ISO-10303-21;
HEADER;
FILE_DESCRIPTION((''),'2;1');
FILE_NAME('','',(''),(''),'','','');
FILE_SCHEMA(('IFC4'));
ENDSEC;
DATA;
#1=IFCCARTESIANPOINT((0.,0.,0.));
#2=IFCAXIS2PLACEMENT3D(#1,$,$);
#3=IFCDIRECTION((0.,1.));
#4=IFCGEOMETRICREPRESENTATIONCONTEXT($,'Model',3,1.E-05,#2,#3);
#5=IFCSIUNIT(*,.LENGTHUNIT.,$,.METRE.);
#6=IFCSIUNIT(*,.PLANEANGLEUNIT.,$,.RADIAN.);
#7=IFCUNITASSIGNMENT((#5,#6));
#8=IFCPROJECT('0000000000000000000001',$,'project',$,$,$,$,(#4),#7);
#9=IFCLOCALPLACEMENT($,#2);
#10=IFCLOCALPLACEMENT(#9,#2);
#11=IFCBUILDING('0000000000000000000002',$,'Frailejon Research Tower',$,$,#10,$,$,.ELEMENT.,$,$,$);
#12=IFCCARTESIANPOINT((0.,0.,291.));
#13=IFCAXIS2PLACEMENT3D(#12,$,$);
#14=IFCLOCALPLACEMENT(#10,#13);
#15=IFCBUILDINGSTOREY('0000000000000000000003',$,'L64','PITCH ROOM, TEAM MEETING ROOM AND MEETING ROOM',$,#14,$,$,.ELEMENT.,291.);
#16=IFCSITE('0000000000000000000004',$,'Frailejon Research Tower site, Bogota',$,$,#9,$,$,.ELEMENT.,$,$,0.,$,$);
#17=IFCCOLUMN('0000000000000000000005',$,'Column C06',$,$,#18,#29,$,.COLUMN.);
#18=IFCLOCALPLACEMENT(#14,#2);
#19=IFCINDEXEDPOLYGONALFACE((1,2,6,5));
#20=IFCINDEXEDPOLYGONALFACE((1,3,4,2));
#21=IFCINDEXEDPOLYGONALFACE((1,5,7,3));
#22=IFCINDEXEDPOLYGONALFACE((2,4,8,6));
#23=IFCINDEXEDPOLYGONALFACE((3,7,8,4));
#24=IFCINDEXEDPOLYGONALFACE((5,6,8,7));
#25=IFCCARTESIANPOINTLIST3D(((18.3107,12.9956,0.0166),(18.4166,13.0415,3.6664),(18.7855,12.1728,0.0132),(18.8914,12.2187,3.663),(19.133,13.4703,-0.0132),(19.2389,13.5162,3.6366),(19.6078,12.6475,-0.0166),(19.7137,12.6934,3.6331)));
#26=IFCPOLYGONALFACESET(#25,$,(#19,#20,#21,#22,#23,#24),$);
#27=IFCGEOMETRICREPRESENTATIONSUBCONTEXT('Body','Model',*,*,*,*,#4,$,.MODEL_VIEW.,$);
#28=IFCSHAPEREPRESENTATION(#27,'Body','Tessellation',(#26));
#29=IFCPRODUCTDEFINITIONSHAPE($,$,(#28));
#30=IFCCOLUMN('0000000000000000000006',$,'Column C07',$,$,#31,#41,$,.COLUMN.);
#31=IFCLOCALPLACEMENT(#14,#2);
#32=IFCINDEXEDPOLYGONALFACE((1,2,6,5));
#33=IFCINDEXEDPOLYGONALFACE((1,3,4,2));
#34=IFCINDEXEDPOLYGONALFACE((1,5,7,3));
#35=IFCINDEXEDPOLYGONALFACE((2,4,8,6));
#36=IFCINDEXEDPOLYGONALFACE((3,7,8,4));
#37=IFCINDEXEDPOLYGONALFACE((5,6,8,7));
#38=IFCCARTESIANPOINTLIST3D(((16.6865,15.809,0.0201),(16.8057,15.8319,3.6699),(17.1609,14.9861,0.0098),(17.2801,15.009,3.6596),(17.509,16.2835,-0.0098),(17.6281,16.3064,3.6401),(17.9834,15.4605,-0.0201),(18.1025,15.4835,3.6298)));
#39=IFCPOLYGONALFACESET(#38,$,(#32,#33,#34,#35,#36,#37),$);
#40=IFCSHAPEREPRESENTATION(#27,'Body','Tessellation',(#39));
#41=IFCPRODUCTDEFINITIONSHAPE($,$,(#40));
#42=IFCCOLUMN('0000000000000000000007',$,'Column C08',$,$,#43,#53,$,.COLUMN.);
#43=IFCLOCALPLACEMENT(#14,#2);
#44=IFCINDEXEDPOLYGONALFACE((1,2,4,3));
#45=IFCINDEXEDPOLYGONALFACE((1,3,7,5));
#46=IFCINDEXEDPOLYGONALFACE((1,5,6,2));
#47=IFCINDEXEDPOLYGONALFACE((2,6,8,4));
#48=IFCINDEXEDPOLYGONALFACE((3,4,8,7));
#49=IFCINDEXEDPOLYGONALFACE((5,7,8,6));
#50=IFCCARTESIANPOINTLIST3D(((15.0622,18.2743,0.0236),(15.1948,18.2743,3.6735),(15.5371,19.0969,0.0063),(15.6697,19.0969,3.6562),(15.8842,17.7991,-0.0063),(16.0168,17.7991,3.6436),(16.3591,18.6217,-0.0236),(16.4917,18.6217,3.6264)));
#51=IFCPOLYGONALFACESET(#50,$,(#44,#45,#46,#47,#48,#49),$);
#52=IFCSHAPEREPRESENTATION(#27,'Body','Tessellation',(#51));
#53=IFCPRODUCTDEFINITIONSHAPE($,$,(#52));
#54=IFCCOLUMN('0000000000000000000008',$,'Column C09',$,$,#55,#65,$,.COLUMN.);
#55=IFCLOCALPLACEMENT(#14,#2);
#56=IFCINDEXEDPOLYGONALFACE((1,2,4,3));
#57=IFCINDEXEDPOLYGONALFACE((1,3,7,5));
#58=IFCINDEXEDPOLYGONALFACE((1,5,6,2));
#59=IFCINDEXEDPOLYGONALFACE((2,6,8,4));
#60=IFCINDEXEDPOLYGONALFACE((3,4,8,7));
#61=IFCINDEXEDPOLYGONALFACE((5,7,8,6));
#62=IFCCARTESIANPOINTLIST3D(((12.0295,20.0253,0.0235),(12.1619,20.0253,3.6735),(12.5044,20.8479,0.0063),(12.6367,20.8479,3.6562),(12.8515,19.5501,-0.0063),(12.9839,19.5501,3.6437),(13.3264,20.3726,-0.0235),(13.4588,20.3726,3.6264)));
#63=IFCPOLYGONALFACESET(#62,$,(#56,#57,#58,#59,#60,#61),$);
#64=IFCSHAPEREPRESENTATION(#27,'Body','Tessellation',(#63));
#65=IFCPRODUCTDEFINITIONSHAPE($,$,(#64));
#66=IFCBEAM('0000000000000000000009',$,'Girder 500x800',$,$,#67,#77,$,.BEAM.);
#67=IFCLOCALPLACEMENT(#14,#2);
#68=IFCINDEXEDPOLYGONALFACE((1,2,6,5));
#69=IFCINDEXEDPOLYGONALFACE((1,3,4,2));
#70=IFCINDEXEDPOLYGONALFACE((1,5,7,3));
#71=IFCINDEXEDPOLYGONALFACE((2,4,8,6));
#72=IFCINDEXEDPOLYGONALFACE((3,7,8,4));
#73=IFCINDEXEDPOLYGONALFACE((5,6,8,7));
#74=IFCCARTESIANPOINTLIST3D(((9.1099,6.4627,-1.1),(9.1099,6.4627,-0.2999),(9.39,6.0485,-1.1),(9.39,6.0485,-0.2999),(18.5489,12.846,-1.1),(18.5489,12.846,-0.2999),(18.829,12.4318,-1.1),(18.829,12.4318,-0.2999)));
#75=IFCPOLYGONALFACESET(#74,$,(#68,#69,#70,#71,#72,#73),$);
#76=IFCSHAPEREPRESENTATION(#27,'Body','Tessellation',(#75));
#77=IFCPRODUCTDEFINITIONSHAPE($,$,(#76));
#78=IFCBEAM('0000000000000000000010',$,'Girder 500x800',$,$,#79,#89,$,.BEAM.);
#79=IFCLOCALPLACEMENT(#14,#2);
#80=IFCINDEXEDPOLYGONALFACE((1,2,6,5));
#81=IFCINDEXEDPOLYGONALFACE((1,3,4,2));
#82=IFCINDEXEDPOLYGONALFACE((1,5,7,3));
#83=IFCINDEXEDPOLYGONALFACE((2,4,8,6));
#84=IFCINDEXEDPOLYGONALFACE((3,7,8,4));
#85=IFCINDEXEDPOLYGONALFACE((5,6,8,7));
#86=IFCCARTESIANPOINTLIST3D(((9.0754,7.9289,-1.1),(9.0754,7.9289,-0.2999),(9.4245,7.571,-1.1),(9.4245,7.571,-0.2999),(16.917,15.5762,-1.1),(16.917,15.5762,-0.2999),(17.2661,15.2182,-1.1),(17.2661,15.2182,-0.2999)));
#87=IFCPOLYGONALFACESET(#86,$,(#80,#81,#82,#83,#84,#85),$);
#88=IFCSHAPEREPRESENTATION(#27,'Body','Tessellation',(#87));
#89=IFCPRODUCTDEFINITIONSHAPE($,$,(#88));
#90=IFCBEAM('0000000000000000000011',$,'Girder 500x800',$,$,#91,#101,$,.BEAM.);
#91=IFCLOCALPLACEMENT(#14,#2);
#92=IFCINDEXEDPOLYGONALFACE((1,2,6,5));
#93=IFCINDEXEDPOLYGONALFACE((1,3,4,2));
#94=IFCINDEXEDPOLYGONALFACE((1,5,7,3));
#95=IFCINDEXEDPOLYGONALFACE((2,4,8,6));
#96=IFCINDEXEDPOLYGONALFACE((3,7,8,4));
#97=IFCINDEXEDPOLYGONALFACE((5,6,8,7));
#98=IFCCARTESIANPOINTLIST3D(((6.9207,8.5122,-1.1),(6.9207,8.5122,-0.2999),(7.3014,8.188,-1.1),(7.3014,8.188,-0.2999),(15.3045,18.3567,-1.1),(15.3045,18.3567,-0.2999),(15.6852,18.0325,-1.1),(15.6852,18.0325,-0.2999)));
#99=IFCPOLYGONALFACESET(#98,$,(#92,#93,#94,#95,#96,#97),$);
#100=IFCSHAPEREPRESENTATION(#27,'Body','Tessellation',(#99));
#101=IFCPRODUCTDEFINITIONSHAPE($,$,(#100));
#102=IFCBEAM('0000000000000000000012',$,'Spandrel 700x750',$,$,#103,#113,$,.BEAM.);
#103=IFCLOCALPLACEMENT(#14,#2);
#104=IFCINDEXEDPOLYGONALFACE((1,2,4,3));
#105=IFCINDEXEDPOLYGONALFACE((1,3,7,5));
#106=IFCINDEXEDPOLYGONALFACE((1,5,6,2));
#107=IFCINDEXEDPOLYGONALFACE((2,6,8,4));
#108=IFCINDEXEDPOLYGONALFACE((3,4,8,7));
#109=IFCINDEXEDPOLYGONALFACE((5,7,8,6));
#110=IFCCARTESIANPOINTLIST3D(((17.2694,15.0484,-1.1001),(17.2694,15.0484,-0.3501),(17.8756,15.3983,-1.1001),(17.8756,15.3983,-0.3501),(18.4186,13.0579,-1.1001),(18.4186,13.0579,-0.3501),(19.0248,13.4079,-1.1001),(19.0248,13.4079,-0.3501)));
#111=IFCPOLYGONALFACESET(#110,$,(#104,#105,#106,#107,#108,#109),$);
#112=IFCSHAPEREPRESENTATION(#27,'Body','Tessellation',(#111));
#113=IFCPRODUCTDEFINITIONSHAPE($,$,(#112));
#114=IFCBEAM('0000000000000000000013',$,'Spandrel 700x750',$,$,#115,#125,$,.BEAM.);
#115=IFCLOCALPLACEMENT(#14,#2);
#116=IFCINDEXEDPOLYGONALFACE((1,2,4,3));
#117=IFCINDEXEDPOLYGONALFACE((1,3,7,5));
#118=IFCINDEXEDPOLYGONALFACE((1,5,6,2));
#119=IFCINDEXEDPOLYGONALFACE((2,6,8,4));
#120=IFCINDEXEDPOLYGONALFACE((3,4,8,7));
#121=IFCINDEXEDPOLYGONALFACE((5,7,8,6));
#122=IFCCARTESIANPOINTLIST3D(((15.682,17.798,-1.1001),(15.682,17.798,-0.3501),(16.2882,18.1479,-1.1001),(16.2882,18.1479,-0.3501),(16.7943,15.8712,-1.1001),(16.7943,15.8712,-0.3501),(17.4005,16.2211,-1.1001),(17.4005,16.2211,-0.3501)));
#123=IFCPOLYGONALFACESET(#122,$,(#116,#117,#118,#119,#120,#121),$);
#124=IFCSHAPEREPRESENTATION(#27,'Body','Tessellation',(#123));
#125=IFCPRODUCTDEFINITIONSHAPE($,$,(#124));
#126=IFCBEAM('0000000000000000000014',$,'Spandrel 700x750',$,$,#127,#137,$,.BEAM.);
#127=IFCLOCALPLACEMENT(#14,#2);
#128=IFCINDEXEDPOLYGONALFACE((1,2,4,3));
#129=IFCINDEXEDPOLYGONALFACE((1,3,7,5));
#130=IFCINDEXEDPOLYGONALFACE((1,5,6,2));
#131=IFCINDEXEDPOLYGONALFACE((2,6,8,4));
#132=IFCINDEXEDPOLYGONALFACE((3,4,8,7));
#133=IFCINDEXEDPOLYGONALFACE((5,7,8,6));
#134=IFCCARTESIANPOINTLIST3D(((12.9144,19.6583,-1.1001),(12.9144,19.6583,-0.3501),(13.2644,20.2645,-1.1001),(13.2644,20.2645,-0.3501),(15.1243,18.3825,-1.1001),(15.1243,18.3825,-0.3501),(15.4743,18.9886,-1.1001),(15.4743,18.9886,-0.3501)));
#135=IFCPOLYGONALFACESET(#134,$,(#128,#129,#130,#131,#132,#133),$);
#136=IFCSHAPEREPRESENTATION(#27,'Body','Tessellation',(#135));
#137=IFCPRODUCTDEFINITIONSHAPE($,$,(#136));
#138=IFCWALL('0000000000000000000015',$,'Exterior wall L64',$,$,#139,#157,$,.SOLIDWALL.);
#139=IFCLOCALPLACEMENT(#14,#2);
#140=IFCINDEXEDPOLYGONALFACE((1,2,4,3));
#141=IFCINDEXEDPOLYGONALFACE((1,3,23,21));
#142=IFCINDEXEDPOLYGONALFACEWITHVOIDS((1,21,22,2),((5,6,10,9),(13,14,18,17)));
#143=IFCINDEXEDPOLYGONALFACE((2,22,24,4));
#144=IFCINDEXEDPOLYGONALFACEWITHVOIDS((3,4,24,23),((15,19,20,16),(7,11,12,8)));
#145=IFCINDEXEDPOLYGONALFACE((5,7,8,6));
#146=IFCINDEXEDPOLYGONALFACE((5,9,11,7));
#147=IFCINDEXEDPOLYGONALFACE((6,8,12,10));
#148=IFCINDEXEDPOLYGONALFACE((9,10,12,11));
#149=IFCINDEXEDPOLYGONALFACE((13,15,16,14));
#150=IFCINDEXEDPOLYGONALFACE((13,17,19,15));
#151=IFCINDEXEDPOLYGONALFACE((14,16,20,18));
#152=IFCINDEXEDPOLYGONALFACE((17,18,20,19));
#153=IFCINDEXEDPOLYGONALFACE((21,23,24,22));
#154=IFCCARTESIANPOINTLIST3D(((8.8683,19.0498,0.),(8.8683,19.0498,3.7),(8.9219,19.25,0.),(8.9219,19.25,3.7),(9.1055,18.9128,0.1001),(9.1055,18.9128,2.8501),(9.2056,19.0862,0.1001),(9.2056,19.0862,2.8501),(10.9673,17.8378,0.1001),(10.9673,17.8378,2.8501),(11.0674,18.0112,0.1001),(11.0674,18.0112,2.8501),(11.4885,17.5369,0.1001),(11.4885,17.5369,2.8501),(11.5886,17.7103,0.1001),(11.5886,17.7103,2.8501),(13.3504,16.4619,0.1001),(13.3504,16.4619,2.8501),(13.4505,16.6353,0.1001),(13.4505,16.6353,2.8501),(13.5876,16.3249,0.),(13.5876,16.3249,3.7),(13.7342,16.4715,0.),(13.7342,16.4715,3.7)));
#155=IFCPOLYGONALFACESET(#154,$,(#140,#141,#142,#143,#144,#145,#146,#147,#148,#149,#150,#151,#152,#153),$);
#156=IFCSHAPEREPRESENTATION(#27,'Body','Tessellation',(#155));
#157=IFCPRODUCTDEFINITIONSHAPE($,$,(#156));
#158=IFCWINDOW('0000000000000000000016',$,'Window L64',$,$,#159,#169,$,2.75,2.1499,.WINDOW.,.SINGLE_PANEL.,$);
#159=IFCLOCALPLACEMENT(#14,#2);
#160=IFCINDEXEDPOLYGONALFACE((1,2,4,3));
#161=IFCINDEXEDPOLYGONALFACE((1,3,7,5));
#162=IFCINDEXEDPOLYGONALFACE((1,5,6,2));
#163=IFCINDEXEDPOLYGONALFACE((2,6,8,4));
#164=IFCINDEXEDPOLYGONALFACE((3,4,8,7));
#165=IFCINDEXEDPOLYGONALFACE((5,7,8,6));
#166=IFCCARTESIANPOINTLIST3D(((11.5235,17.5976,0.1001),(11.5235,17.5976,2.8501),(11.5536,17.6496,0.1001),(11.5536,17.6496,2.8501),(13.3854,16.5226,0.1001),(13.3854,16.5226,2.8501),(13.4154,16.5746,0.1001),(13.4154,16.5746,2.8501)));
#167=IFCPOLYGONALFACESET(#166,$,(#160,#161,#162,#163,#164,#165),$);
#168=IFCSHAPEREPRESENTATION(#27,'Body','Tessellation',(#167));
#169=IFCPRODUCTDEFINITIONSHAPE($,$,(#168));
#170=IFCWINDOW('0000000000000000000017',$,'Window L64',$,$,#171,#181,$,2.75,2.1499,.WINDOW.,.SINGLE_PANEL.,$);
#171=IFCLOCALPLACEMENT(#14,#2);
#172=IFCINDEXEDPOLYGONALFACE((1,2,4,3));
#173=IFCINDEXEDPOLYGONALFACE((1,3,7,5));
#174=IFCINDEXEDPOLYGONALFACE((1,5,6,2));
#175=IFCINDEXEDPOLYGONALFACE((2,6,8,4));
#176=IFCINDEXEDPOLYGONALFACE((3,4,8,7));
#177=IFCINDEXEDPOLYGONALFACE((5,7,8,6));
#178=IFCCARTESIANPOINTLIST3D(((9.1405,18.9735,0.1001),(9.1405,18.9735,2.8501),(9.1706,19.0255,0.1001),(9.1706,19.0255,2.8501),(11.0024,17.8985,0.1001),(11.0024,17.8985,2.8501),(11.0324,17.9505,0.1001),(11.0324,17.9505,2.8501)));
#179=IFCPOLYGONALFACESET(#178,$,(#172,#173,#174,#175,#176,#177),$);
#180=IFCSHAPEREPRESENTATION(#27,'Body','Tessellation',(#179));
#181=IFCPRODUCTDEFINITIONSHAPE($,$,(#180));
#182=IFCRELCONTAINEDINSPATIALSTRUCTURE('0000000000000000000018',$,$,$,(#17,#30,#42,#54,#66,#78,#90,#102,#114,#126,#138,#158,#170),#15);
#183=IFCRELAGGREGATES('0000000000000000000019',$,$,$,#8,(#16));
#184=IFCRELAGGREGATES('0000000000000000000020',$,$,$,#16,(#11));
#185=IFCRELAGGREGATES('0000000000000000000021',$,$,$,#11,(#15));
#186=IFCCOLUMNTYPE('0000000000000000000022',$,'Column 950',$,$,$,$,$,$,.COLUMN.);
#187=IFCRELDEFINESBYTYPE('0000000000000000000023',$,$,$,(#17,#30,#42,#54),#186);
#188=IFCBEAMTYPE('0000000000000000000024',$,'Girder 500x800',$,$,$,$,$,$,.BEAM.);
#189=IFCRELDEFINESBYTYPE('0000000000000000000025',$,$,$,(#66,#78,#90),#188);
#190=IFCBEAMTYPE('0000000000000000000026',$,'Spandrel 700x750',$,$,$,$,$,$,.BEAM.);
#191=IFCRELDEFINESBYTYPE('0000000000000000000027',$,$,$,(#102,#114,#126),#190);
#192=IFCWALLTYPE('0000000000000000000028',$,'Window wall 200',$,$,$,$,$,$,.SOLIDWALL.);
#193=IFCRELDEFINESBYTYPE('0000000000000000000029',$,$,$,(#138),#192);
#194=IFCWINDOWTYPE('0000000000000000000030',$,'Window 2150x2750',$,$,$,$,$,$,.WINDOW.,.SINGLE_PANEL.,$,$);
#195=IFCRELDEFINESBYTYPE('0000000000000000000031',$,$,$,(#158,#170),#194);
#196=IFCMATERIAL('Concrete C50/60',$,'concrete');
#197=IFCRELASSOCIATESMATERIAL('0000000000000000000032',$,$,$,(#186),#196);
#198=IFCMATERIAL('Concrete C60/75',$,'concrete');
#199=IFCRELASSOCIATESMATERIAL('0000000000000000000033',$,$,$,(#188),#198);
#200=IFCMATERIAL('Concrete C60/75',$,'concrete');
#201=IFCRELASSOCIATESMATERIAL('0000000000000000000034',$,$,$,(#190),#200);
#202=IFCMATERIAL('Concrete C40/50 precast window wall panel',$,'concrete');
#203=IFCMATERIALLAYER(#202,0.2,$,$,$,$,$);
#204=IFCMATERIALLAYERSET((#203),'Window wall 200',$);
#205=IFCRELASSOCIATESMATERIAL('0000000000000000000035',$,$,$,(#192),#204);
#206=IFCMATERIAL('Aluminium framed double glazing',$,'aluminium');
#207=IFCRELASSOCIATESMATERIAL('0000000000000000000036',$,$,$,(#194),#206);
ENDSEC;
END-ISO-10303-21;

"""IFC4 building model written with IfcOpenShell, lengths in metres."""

from ifc_helpers import new_model, si_unit, direction, frame, frame_2d, origin, origin_2d, place, context, subcontext, project, spatial, polyline, rectangle, outline, extrude, material, layer, layer_set, material_profile, profile_set, type_object, element, fill, save


model = new_model("IFC4")

# Units and contexts
model_context = context("Model", 3, precision=1e-05, world=origin(), true_north=direction((0.0, 1.0)))
body_context = subcontext(model_context, "Body", "Model", "MODEL_VIEW")
ifc_project = project(units=[si_unit("LENGTHUNIT", "METRE"), si_unit("PLANEANGLEUNIT", "RADIAN")], contexts=[model_context])

# Site, building, storey
site_placement = place(None, origin())
site = spatial("IfcSite", under=ifc_project, at=site_placement, Name="Frailejon Research Tower site, Bogota", CompositionType="ELEMENT", RefElevation=0.0)
building_placement = place(site_placement, origin())
building = spatial("IfcBuilding", under=site, at=building_placement, Name="Frailejon Research Tower", CompositionType="ELEMENT")
storey_placement = place(building_placement, frame((0.0, 0.0, 291.0)))
storey = spatial("IfcBuildingStorey", under=building, at=storey_placement, Name="L64", Description="PITCH ROOM, TEAM MEETING ROOM AND MEETING ROOM", CompositionType="ELEMENT", Elevation=291.0)

# Columns
ifc_material_1 = material(Name="Concrete C50/60", Category="concrete")
ifc_material_profile_1 = material_profile(ifc_material_1, rectangle(XDim=0.95, YDim=0.95, at=origin_2d()), Name="Column 950")
ifc_profile_set_1 = profile_set([ifc_material_profile_1], Name="Concrete C50/60")
column_type = type_object("IfcColumnType", Name="Column 950", PredefinedType="COLUMN", material=ifc_profile_set_1)
column_1_placement = place(storey_placement, frame((18.9592, 12.8215, 0.0), z_axis=(0.029016, 0.012569, 0.9995), x_axis=(-0.499849, 0.866105, 0.003619)))
element("IfcColumn", 1, at=column_1_placement, inside=storey, type_object=column_type, Name="Column C06", PredefinedType="COLUMN", context=body_context, shape_type="SweptSolid", body=[
    extrude(rectangle(XDim=0.95, YDim=0.95, at=origin_2d()), origin(), (0.0, 0.0, 1.0), 3.6516),
])
column_2_placement = place(storey_placement, frame((17.335, 15.6348, 0.0), z_axis=(0.032624, 0.006284, 0.999448), x_axis=(-0.499397, 0.866305, 0.010854)))
element("IfcColumn", 2, at=column_2_placement, inside=storey, type_object=column_type, Name="Column C07", PredefinedType="COLUMN", context=body_context, shape_type="SweptSolid", body=[
    extrude(rectangle(XDim=0.95, YDim=0.95, at=origin_2d()), origin(), (0.0, 0.0, 1.0), 3.6519),
])
for number, where, z_axis, x_axis, name in (
    (3, (15.7107, 18.448, 0.0), (0.036297, 0.0, 0.999341), (-0.865313, 0.500246, 0.031429), "Column C08"),
    (4, (12.678, 20.199, 0.0), (0.03623, 0.0, 0.999343), (-0.865315, 0.500246, 0.031371), "Column C09"),
):
    element("IfcColumn", number, at=place(storey_placement, frame(where, z_axis=z_axis, x_axis=x_axis)), inside=storey, type_object=column_type, Name=name, PredefinedType="COLUMN", context=body_context, shape_type="SweptSolid", body=[
        extrude(rectangle(XDim=0.95, YDim=0.95, at=origin_2d()), origin(), (0.0, 0.0, 1.0), 3.6523),
    ])

# Beams
ifc_material_2 = material(Name="Concrete C60/75", Category="concrete")
ifc_material_profile_2 = material_profile(ifc_material_2, rectangle(XDim=0.5, YDim=0.8, at=origin_2d()), Name="Girder 500x800")
ifc_profile_set_2 = profile_set([ifc_material_profile_2], Name="Concrete C60/75")
beam_type_1 = type_object("IfcBeamType", Name="Girder 500x800", PredefinedType="BEAM", material=ifc_profile_set_2)
beam_1_placement = place(storey_placement, frame((18.689, 12.6389, -0.7), z_axis=(-0.82836, -0.560196, 0.0), x_axis=(0.560196, -0.82836, 0.0)))
element("IfcBeam", 5, at=beam_1_placement, inside=storey, type_object=beam_type_1, Name="Girder 500x800", PredefinedType="BEAM", context=body_context, shape_type="SweptSolid", body=[
    extrude(rectangle(XDim=0.5, YDim=0.8, at=origin_2d()), origin(), (0.0, 0.0, 1.0), 11.3948),
])
beam_2_placement = place(storey_placement, frame((17.0916, 15.3972, -0.7), z_axis=(-0.715922, -0.69818, 0.0), x_axis=(0.69818, -0.715922, 0.0)))
element("IfcBeam", 6, at=beam_2_placement, inside=storey, type_object=beam_type_1, Name="Girder 500x800", PredefinedType="BEAM", context=body_context, shape_type="SweptSolid", body=[
    extrude(rectangle(XDim=0.5, YDim=0.8, at=origin_2d()), origin(), (0.0, 0.0, 1.0), 10.9531),
])
beam_3_placement = place(storey_placement, frame((15.4949, 18.1946, -0.7), z_axis=(-0.648366, -0.761329, 0.0), x_axis=(0.761329, -0.648366, 0.0)))
element("IfcBeam", 7, at=beam_3_placement, inside=storey, type_object=beam_type_1, Name="Girder 500x800", PredefinedType="BEAM", context=body_context, shape_type="SweptSolid", body=[
    extrude(rectangle(XDim=0.5, YDim=0.8, at=origin_2d()), origin(), (0.0, 0.0, 1.0), 12.9307),
])
ifc_material_3 = material(Name="Concrete C60/75", Category="concrete")
ifc_material_profile_3 = material_profile(ifc_material_3, rectangle(XDim=0.7, YDim=0.75, at=origin_2d()), Name="Spandrel 700x750")
ifc_profile_set_3 = profile_set([ifc_material_profile_3], Name="Concrete C60/75")
beam_type_2 = type_object("IfcBeamType", Name="Spandrel 700x750", PredefinedType="BEAM", material=ifc_profile_set_3)
beam_4_placement = place(storey_placement, frame((18.7217, 13.2329, -0.7251), z_axis=(-0.499989, 0.866032, 0.0), x_axis=(-0.866032, -0.499989, 0.0)))
element("IfcBeam", 8, at=beam_4_placement, inside=storey, type_object=beam_type_2, Name="Spandrel 700x750", PredefinedType="BEAM", context=body_context, shape_type="SweptSolid", body=[
    extrude(rectangle(XDim=0.7, YDim=0.75, at=origin_2d()), origin(), (0.0, 0.0, 1.0), 2.2983),
])
beam_5_placement = place(storey_placement, frame((17.0974, 16.0461, -0.7251), z_axis=(-0.499963, 0.866047, 0.0), x_axis=(-0.866047, -0.499963, 0.0)))
element("IfcBeam", 9, at=beam_5_placement, inside=storey, type_object=beam_type_2, Name="Spandrel 700x750", PredefinedType="BEAM", context=body_context, shape_type="SweptSolid", body=[
    extrude(rectangle(XDim=0.7, YDim=0.75, at=origin_2d()), origin(), (0.0, 0.0, 1.0), 2.2249),
])
beam_6_placement = place(storey_placement, frame((15.2993, 18.6855, -0.7251), z_axis=(-0.866033, 0.499987, 0.0), x_axis=(-0.499987, -0.866033, 0.0)))
element("IfcBeam", 10, at=beam_6_placement, inside=storey, type_object=beam_type_2, Name="Spandrel 700x750", PredefinedType="BEAM", context=body_context, shape_type="SweptSolid", body=[
    extrude(rectangle(XDim=0.7, YDim=0.75, at=origin_2d()), origin(), (0.0, 0.0, 1.0), 2.5518),
])

# Wall, openings, windows
ifc_material_4 = material(Name="Concrete C40/50 precast window wall panel", Category="concrete")
ifc_layer_1 = layer(ifc_material_4, 0.2)
ifc_layer_set_1 = layer_set([ifc_layer_1], Name="Window wall 200")
wall_type = type_object("IfcWallType", Name="Window wall 200", PredefinedType="SOLIDWALL", material=ifc_layer_set_1)
wall_placement = place(storey_placement, frame((13.6609, 16.3982, 0.0), z_axis=(0.0, 0.0, 1.0), x_axis=(-0.866015, 0.500018, 0.0)))
wall = element("IfcWall", 11, at=wall_placement, inside=storey, type_object=wall_type, Name="Exterior wall L64", PredefinedType="SOLIDWALL", context=body_context, shape_type="SweptSolid", body=[
    extrude(outline(polyline([(-0.0269, -0.1001), (1.0845, -0.1001), (2.1958, -0.1001), (3.3074, -0.1001), (4.4187, -0.1001), (5.53, -0.1001), (5.4763, 0.1001), (4.3865, 0.1001), (3.2966, 0.1001), (2.2065, 0.1001), (1.1167, 0.1001), (0.0269, 0.1001), (-0.0269, -0.1001)])), origin(), (0.0, 0.0, 1.0), 3.7),
])
opening_1_placement = place(wall_placement, frame((0.3008, 0.0, 0.1001)))
opening_1 = element("IfcOpeningElement", 12, at=opening_1_placement, cuts=wall, PredefinedType="OPENING", context=body_context, shape_type="SweptSolid", body=[
    extrude(rectangle(XDim=2.1499, YDim=2.75, at=frame_2d((1.075, 1.375))), frame((0.0, 0.1099, 0.0), z_axis=(0.0, -1.0, 0.0), x_axis=(1.0, 0.0, 0.0)), (0.0, 0.0, 1.0), 0.22),
])
opening_2_placement = place(wall_placement, frame((3.0525, 0.0, 0.1001)))
opening_2 = element("IfcOpeningElement", 13, at=opening_2_placement, cuts=wall, PredefinedType="OPENING", context=body_context, shape_type="SweptSolid", body=[
    extrude(rectangle(XDim=2.1499, YDim=2.75, at=frame_2d((1.075, 1.375))), frame((0.0, 0.1099, 0.0), z_axis=(0.0, -1.0, 0.0), x_axis=(1.0, 0.0, 0.0)), (0.0, 0.0, 1.0), 0.22),
])
ifc_material_5 = material(Name="Aluminium framed double glazing", Category="aluminium")
window_type = type_object("IfcWindowType", Name="Window 2150x2750", PartitioningType="SINGLE_PANEL", PredefinedType="WINDOW", material=ifc_material_5)
window_1_placement = place(opening_1_placement, origin())
window_1 = element("IfcWindow", 14, at=window_1_placement, inside=storey, type_object=window_type, Name="Window L64", OverallHeight=2.75, OverallWidth=2.1499, PartitioningType="SINGLE_PANEL", PredefinedType="WINDOW", context=body_context, shape_type="SweptSolid", body=[
    extrude(rectangle(XDim=2.1499, YDim=2.75, at=frame_2d((1.075, 1.375))), frame((0.0, 0.03, 0.0), z_axis=(0.0, -1.0, 0.0), x_axis=(1.0, 0.0, 0.0)), (0.0, 0.0, 1.0), 0.0601),
])
fill(opening_1, window_1)
window_2_placement = place(opening_2_placement, origin())
window_2 = element("IfcWindow", 15, at=window_2_placement, inside=storey, type_object=window_type, Name="Window L64", OverallHeight=2.75, OverallWidth=2.1499, PartitioningType="SINGLE_PANEL", PredefinedType="WINDOW", context=body_context, shape_type="SweptSolid", body=[
    extrude(rectangle(XDim=2.1499, YDim=2.75, at=frame_2d((1.075, 1.375))), frame((0.0, 0.03, 0.0), z_axis=(0.0, -1.0, 0.0), x_axis=(1.0, 0.0, 0.0)), (0.0, 0.0, 1.0), 0.0601),
])
fill(opening_2, window_2)

save(model, "model.ifc")
